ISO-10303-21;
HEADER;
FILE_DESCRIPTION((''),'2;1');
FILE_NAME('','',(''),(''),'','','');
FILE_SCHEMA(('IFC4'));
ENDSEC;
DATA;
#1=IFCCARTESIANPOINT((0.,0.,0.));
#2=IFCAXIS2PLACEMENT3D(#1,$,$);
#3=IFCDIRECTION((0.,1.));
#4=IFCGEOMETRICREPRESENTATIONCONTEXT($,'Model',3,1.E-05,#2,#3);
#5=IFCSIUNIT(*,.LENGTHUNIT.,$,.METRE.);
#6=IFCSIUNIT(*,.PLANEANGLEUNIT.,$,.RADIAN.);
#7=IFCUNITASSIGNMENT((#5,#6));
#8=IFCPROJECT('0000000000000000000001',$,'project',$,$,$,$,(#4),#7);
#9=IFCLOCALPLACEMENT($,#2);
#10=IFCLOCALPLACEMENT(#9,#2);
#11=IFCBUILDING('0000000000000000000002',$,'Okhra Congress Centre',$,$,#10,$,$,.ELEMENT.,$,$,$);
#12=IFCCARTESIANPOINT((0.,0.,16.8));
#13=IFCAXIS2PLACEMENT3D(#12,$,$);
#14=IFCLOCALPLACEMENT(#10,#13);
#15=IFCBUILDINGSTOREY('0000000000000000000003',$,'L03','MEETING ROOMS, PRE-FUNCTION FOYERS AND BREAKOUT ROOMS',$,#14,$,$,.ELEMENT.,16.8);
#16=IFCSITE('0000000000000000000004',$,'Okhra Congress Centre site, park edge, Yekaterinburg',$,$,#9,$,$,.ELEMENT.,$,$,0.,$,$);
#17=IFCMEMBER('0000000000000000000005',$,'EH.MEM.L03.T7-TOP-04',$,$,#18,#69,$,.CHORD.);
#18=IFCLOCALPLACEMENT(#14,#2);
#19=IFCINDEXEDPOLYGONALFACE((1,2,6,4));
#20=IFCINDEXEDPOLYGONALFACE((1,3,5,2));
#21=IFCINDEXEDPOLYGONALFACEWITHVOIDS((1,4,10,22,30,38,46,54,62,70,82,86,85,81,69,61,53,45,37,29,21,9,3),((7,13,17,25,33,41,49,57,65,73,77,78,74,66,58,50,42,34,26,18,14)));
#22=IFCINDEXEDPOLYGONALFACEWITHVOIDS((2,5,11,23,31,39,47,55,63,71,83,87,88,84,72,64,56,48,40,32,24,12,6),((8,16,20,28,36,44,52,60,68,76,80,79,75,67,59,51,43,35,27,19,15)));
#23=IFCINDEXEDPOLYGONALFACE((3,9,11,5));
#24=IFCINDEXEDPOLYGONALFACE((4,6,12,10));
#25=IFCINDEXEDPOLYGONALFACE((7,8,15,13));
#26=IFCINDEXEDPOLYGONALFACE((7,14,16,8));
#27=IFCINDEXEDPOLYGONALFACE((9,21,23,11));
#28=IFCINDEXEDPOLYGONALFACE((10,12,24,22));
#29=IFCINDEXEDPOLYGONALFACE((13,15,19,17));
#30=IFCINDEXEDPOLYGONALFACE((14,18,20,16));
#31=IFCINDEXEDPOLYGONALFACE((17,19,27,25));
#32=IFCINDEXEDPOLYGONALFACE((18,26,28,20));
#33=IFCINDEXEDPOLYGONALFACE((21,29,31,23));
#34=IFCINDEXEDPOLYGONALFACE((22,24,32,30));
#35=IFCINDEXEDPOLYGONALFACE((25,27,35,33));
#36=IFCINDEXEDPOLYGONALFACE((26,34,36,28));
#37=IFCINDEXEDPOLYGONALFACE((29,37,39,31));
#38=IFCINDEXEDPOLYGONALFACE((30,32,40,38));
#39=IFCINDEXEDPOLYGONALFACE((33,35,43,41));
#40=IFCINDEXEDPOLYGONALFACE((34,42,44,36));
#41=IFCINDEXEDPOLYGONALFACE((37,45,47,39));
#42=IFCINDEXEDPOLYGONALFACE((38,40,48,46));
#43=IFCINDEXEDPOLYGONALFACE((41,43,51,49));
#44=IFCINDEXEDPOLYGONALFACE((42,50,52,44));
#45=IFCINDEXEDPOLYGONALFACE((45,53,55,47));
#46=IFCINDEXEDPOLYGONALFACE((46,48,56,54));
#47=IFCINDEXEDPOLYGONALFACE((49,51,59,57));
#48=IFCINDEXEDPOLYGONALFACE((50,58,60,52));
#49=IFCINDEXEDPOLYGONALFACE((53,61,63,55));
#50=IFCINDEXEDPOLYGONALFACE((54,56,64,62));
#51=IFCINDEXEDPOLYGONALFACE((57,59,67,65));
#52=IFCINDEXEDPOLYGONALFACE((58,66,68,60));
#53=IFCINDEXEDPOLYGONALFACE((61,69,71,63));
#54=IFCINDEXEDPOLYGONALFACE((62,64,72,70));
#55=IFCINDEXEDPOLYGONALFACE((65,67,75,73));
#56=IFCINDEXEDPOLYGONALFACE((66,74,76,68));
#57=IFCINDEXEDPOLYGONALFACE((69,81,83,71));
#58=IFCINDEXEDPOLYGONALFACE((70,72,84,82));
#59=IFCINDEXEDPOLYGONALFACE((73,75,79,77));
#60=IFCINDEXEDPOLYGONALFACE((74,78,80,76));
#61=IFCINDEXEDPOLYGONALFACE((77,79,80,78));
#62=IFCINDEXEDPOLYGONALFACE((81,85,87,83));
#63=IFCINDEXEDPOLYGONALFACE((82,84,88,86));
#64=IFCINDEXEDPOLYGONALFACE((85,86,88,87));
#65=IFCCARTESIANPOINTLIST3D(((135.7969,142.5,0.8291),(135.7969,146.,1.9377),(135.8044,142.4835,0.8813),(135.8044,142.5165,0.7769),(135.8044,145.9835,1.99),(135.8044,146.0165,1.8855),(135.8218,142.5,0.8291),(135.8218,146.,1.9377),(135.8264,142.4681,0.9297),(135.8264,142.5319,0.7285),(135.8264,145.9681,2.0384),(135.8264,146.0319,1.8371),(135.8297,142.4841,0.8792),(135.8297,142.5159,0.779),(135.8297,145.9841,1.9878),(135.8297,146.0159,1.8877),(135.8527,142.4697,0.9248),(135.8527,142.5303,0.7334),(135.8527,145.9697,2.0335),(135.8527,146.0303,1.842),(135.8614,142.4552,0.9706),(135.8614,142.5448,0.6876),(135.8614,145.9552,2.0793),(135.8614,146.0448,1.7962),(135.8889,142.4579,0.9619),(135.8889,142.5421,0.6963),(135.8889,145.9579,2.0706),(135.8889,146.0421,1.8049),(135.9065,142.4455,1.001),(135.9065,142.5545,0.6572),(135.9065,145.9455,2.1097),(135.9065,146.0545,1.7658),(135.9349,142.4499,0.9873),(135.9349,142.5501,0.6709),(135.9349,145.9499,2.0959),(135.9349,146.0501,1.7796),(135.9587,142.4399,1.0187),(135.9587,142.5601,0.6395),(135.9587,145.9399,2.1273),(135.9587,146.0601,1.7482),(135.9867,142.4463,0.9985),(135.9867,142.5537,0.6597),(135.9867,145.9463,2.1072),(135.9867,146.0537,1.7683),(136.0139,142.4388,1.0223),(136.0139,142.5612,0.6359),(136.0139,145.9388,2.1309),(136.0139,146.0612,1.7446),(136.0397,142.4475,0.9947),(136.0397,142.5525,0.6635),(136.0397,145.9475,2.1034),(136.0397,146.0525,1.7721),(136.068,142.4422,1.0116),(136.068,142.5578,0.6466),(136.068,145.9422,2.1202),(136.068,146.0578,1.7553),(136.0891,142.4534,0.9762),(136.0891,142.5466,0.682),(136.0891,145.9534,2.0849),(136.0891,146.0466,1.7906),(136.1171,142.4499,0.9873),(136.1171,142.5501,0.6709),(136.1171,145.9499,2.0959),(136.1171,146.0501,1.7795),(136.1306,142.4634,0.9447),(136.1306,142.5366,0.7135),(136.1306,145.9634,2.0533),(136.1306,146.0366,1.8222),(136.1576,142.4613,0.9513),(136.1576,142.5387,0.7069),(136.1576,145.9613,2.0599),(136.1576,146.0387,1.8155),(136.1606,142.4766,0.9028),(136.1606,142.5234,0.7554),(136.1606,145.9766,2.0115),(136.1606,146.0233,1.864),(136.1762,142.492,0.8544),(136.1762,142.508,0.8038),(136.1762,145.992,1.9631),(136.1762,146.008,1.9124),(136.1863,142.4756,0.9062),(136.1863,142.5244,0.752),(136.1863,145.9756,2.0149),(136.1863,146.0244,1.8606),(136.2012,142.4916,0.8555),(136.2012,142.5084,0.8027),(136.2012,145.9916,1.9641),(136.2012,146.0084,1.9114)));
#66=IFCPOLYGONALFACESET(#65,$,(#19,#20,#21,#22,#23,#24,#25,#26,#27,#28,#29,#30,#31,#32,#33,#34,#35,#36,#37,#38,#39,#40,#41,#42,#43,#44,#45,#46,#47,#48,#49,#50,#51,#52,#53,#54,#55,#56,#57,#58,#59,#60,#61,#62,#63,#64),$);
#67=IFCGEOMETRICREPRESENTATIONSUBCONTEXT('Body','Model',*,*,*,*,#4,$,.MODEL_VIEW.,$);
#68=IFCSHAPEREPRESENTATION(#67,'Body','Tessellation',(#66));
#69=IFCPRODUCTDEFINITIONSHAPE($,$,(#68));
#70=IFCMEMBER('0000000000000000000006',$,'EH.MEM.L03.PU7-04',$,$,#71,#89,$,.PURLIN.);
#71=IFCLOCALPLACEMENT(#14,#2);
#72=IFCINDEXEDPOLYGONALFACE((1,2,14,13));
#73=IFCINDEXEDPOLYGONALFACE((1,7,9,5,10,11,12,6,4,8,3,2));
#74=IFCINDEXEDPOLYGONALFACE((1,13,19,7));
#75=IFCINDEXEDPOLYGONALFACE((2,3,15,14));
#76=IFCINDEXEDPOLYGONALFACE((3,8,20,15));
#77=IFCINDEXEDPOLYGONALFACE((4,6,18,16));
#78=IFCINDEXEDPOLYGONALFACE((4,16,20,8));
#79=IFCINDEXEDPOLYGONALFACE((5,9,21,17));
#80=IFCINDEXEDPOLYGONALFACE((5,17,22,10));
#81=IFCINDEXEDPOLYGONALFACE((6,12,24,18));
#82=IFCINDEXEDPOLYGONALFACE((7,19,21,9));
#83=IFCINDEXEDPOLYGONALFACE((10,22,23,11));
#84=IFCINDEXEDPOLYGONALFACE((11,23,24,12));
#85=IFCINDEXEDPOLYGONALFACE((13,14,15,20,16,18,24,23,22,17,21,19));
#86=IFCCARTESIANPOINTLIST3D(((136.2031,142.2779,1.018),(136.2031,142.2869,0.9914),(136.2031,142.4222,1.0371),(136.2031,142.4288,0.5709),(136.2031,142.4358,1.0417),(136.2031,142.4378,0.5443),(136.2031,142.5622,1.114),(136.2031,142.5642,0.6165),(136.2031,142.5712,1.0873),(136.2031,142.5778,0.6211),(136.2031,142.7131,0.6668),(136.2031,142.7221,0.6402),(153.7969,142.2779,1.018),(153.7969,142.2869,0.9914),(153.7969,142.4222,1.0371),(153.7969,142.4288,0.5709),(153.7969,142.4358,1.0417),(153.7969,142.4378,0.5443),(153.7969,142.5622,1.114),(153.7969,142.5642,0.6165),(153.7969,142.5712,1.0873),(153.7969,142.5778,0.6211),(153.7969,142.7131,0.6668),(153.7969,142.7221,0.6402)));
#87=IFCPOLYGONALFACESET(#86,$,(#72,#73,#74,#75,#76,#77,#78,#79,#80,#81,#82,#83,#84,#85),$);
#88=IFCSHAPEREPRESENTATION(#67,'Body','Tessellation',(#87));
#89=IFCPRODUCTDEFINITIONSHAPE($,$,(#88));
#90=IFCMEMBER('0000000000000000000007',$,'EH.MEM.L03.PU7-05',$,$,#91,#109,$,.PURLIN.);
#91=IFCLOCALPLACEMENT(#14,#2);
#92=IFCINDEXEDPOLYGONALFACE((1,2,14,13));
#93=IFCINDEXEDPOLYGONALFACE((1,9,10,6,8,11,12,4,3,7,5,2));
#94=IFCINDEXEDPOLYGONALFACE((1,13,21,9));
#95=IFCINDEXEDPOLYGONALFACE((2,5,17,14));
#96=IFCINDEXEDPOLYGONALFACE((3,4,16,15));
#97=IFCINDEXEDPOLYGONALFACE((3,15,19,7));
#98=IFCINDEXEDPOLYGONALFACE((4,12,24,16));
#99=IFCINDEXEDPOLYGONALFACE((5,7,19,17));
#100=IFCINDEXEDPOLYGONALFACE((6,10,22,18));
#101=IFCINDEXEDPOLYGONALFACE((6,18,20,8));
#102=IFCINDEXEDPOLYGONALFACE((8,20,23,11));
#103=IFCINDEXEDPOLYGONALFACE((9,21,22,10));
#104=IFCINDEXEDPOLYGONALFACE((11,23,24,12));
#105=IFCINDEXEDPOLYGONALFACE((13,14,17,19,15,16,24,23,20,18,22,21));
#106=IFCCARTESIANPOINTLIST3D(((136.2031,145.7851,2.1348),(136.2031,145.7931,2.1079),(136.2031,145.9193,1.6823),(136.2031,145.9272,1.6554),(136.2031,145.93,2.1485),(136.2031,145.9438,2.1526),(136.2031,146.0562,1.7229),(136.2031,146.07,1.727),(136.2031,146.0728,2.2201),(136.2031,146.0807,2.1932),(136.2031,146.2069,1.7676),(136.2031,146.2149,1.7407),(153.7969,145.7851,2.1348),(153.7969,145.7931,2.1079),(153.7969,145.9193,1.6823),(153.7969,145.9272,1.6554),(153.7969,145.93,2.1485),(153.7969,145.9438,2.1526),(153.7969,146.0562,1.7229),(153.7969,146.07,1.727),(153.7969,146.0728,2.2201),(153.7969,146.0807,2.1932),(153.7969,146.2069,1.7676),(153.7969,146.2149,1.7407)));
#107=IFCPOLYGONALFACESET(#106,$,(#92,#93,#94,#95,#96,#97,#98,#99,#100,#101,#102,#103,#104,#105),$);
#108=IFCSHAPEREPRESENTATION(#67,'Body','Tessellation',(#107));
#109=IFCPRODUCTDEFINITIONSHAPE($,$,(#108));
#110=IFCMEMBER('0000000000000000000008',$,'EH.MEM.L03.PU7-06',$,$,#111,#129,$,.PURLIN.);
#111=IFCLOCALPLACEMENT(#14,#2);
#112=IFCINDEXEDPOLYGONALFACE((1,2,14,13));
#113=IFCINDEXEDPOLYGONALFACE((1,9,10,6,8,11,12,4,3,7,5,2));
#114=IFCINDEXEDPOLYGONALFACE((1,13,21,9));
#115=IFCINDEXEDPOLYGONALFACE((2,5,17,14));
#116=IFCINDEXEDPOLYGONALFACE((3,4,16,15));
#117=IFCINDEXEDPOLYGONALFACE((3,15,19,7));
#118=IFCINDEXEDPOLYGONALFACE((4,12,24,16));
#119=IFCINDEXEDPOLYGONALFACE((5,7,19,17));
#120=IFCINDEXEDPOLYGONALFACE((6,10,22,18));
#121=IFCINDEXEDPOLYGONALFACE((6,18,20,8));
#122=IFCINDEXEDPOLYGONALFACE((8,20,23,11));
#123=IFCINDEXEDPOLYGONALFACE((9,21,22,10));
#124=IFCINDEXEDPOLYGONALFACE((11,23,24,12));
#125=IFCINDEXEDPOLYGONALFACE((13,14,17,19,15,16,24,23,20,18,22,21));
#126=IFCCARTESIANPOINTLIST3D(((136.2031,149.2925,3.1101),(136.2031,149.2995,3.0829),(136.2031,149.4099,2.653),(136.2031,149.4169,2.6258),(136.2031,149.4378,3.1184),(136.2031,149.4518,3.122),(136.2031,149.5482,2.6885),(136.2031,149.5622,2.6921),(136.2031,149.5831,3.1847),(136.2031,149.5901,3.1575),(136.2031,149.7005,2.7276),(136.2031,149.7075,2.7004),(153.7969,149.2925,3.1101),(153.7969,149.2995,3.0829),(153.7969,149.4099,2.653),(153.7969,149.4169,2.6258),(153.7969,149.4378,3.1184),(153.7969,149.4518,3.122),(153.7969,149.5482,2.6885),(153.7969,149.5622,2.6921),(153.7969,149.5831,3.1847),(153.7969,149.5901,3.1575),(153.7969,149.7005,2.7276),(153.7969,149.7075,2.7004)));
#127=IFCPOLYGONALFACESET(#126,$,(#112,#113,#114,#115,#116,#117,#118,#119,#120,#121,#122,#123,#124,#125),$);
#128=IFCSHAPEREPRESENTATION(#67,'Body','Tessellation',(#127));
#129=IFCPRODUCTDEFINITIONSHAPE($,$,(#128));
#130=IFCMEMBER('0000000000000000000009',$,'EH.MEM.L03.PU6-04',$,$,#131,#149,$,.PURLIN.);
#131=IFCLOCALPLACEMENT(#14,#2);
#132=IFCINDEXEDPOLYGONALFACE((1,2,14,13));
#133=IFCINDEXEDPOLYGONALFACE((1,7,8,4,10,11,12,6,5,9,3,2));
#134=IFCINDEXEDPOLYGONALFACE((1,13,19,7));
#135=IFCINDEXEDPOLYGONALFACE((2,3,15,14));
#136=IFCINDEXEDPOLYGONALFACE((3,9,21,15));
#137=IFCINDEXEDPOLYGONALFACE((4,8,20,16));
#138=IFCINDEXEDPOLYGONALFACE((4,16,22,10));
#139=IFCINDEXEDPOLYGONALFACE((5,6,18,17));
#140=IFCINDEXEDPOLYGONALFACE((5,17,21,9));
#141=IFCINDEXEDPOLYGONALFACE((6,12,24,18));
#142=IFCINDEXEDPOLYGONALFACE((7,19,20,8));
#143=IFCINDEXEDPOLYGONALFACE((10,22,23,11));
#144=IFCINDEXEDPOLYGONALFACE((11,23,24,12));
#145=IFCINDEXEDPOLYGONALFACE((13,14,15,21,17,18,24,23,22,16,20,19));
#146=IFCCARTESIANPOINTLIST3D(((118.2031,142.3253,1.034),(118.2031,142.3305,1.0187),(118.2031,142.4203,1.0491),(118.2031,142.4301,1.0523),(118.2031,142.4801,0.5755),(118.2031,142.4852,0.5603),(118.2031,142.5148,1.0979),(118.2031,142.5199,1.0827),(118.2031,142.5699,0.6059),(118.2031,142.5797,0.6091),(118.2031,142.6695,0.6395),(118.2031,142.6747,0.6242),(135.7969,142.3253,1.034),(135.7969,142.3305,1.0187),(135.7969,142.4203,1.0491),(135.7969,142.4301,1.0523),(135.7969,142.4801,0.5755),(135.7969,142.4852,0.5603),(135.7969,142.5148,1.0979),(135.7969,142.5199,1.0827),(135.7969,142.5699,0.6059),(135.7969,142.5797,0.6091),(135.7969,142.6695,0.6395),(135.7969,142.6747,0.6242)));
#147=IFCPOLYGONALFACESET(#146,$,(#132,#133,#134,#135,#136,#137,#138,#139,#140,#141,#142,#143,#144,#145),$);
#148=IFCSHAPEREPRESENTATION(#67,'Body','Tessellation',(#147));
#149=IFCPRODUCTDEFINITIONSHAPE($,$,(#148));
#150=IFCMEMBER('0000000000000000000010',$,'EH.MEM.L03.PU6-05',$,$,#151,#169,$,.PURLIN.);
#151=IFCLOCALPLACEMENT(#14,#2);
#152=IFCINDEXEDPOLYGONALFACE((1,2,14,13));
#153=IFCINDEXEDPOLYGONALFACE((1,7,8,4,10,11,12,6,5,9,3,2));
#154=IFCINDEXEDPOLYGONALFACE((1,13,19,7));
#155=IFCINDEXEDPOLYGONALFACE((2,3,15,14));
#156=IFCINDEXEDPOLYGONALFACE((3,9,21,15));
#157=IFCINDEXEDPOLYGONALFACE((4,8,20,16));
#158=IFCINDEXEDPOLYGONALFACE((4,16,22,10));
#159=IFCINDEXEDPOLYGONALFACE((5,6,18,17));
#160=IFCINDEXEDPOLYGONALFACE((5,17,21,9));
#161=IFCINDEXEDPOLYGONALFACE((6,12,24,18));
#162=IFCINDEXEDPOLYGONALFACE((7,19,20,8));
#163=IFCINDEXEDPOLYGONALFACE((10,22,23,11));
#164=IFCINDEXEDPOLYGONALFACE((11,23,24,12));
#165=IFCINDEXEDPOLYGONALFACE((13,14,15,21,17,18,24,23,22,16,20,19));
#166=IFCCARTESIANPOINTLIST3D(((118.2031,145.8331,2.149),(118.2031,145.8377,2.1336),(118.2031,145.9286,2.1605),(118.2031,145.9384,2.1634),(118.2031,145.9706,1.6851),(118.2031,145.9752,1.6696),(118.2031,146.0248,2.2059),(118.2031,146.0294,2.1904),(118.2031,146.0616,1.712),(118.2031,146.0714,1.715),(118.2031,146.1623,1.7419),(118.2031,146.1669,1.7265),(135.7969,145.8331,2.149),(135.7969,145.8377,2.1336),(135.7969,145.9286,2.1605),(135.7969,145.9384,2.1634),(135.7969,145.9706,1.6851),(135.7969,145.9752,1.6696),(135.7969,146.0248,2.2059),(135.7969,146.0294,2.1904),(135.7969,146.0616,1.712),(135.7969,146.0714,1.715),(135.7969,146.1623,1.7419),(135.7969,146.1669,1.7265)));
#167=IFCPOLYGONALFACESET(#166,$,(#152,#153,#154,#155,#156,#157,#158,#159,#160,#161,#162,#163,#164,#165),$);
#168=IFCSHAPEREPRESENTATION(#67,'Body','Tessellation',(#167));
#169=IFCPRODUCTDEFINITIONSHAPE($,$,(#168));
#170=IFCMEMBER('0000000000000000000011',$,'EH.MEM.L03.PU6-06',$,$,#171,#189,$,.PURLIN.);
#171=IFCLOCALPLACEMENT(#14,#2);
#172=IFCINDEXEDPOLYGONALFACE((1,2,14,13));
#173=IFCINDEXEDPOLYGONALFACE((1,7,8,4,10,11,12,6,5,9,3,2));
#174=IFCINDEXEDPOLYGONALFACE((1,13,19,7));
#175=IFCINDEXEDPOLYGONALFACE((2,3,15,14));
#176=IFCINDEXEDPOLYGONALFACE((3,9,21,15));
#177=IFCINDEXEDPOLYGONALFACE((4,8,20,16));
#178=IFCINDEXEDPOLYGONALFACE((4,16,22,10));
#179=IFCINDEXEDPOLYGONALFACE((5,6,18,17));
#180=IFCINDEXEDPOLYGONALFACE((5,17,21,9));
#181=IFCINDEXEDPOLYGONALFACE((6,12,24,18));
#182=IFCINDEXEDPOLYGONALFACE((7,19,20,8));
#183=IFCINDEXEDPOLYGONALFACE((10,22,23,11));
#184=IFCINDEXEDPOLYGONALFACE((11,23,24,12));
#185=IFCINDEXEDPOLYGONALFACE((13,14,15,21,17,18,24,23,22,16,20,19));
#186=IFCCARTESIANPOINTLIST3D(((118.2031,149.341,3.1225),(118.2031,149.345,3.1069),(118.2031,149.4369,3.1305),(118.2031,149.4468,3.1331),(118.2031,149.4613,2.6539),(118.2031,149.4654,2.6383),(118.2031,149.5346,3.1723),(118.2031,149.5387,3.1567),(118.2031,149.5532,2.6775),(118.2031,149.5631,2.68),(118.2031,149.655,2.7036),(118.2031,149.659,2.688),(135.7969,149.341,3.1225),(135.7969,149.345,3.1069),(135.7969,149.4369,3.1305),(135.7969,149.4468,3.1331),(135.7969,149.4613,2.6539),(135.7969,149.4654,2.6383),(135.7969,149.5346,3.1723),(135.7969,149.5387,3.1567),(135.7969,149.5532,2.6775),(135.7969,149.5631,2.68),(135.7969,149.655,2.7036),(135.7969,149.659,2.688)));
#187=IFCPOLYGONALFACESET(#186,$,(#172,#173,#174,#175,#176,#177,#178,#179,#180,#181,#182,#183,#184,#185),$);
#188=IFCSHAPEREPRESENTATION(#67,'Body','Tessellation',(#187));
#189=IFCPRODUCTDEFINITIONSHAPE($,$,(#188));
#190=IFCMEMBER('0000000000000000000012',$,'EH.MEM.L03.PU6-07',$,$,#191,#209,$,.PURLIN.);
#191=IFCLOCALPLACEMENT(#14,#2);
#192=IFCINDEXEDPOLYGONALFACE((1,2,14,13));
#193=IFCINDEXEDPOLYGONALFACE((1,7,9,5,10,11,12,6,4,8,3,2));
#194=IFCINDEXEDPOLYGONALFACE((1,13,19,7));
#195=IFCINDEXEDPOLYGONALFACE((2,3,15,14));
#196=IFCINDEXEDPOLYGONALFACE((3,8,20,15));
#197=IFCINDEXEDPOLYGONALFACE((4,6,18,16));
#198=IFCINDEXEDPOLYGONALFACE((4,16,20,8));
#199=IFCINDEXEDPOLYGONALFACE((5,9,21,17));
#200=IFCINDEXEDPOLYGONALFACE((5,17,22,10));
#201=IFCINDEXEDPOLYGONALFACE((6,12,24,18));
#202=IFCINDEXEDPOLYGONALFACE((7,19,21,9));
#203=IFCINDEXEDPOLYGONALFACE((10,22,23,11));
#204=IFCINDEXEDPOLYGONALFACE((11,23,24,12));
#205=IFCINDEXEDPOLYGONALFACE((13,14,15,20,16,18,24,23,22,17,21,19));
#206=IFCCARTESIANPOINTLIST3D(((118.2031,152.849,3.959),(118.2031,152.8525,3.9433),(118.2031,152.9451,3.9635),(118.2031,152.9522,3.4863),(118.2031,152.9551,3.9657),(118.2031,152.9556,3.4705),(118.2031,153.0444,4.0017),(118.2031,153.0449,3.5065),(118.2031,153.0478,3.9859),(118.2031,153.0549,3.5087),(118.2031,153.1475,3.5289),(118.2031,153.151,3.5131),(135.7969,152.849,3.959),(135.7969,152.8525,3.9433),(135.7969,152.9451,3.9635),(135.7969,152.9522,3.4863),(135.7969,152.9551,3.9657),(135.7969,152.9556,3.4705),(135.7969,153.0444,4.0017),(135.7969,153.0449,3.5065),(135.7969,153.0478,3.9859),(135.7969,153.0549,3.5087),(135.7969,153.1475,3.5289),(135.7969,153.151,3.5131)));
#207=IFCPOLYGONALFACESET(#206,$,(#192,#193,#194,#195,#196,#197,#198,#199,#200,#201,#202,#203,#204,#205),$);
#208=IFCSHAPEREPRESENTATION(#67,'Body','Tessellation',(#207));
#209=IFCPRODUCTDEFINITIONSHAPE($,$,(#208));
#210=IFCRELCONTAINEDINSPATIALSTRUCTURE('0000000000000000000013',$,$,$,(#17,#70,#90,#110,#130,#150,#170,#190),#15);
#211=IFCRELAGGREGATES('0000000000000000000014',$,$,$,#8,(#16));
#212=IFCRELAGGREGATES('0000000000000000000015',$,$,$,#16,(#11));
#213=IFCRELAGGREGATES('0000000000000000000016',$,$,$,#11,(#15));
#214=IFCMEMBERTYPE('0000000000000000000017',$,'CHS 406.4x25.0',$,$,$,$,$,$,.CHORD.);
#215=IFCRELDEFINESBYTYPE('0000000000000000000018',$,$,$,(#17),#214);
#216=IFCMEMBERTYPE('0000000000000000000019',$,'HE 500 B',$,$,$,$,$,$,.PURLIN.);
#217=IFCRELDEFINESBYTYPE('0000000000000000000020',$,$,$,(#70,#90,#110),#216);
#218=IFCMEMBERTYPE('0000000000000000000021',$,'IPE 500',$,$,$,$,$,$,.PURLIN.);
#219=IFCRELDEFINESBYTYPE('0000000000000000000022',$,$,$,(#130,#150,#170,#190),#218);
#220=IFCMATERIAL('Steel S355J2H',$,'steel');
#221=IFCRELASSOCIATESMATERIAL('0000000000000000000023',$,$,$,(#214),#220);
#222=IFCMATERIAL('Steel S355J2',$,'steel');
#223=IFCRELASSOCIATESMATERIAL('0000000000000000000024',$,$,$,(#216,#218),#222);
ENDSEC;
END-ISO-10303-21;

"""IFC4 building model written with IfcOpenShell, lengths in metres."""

from ifc_helpers import new_model, si_unit, direction, frame, origin, origin_2d, place, context, subcontext, project, spatial, hollow_circle, i_section, extrude, material, material_profile, profile_set, type_object, element, save


model = new_model("IFC4")

# Units and contexts
model_context = context("Model", 3, precision=1e-05, world=origin(), true_north=direction((0.0, 1.0)))
body_context = subcontext(model_context, "Body", "Model", "MODEL_VIEW")
ifc_project = project(units=[si_unit("LENGTHUNIT", "METRE"), si_unit("PLANEANGLEUNIT", "RADIAN")], contexts=[model_context])

# Site, building, storey
site_placement = place(None, origin())
site = spatial("IfcSite", under=ifc_project, at=site_placement, Name="Okhra Congress Centre site, park edge, Yekaterinburg", CompositionType="ELEMENT", RefElevation=0.0)
building_placement = place(site_placement, origin())
building = spatial("IfcBuilding", under=site, at=building_placement, Name="Okhra Congress Centre", CompositionType="ELEMENT")
storey_placement = place(building_placement, frame((0.0, 0.0, 16.8)))
storey = spatial("IfcBuildingStorey", under=building, at=storey_placement, Name="L03", Description="MEETING ROOMS, PRE-FUNCTION FOYERS AND BREAKOUT ROOMS", CompositionType="ELEMENT", Elevation=16.8)

# Members
ifc_material_1 = material(Name="Steel S355J2H", Category="steel")
ifc_material_profile_1 = material_profile(ifc_material_1, hollow_circle(Radius=0.2031, WallThickness=0.0249, at=origin_2d()), Name="CHS 406.4x25.0")
ifc_profile_set_1 = profile_set([ifc_material_profile_1], Name="Steel S355J2H")
member_type_1 = type_object("IfcMemberType", Name="CHS 406.4x25.0", PredefinedType="CHORD", material=ifc_profile_set_1)
member_1_placement = place(storey_placement, frame((136.0, 142.5, 0.8291), z_axis=(0.0, 0.953318, 0.301968), x_axis=(-1.0, 0.0, 0.0)))
element("IfcMember", 1, at=member_1_placement, inside=storey, type_object=member_type_1, Name="EH.MEM.L03.T7-TOP-04", PredefinedType="CHORD", context=body_context, shape_type="SweptSolid", body=[
    extrude(hollow_circle(Radius=0.2031, WallThickness=0.0249, at=origin_2d()), origin(), (0.0, 0.0, 1.0), 3.6714),
])
ifc_material_2 = material(Name="Steel S355J2", Category="steel")
ifc_material_profile_2 = material_profile(ifc_material_2, i_section(OverallWidth=0.3, OverallDepth=0.5, WebThickness=0.0144, FlangeThickness=0.0281, at=origin_2d()), Name="HE 500 B")
ifc_profile_set_2 = profile_set([ifc_material_profile_2], Name="Steel S355J2")
member_type_2 = type_object("IfcMemberType", Name="HE 500 B", PredefinedType="PURLIN", material=ifc_profile_set_2)
for number, where, z_axis, x_axis, name in (
    (2, (136.2031, 142.5, 0.8291), (1.0, 0.0, 0.0), (0.0, 0.947481, 0.319813), "EH.MEM.L03.PU7-04"),
    (3, (136.2031, 146.0, 1.9377), (1.0, 0.0, 0.0), (0.0, 0.958743, 0.284276), "EH.MEM.L03.PU7-05"),
    (4, (136.2031, 149.5, 2.9053), (1.0, 0.0, 0.0), (0.0, 0.96857, 0.248739), "EH.MEM.L03.PU7-06"),
):
    element("IfcMember", number, at=place(storey_placement, frame(where, z_axis=z_axis, x_axis=x_axis)), inside=storey, type_object=member_type_2, Name=name, PredefinedType="PURLIN", context=body_context, shape_type="SweptSolid", body=[
        extrude(i_section(OverallWidth=0.3, OverallDepth=0.5, WebThickness=0.0144, FlangeThickness=0.0281, at=origin_2d()), origin(), (0.0, 0.0, 1.0), 17.5938),
    ])
ifc_material_profile_3 = material_profile(ifc_material_2, i_section(OverallWidth=0.2, OverallDepth=0.5, WebThickness=0.0103, FlangeThickness=0.0161, at=origin_2d()), Name="IPE 500")
ifc_profile_set_3 = profile_set([ifc_material_profile_3], Name="Steel S355J2")
member_type_3 = type_object("IfcMemberType", Name="IPE 500", PredefinedType="PURLIN", material=ifc_profile_set_3)
for number, where, z_axis, x_axis, name in (
    (5, (118.2031, 142.5, 0.8291), (1.0, 0.0, 0.0), (0.0, 0.947481, 0.319813), "EH.MEM.L03.PU6-04"),
    (6, (118.2031, 146.0, 1.9377), (1.0, 0.0, 0.0), (0.0, 0.958743, 0.284276), "EH.MEM.L03.PU6-05"),
    (7, (118.2031, 149.5, 2.9053), (1.0, 0.0, 0.0), (0.0, 0.96857, 0.248739), "EH.MEM.L03.PU6-06"),
    (8, (118.2031, 153.0, 3.7361), (1.0, 0.0, 0.0), (0.0, 0.977008, 0.213204), "EH.MEM.L03.PU6-07"),
):
    element("IfcMember", number, at=place(storey_placement, frame(where, z_axis=z_axis, x_axis=x_axis)), inside=storey, type_object=member_type_3, Name=name, PredefinedType="PURLIN", context=body_context, shape_type="SweptSolid", body=[
        extrude(i_section(OverallWidth=0.2, OverallDepth=0.5, WebThickness=0.0103, FlangeThickness=0.0161, at=origin_2d()), origin(), (0.0, 0.0, 1.0), 17.5938),
    ])

save(model, "model.ifc")
